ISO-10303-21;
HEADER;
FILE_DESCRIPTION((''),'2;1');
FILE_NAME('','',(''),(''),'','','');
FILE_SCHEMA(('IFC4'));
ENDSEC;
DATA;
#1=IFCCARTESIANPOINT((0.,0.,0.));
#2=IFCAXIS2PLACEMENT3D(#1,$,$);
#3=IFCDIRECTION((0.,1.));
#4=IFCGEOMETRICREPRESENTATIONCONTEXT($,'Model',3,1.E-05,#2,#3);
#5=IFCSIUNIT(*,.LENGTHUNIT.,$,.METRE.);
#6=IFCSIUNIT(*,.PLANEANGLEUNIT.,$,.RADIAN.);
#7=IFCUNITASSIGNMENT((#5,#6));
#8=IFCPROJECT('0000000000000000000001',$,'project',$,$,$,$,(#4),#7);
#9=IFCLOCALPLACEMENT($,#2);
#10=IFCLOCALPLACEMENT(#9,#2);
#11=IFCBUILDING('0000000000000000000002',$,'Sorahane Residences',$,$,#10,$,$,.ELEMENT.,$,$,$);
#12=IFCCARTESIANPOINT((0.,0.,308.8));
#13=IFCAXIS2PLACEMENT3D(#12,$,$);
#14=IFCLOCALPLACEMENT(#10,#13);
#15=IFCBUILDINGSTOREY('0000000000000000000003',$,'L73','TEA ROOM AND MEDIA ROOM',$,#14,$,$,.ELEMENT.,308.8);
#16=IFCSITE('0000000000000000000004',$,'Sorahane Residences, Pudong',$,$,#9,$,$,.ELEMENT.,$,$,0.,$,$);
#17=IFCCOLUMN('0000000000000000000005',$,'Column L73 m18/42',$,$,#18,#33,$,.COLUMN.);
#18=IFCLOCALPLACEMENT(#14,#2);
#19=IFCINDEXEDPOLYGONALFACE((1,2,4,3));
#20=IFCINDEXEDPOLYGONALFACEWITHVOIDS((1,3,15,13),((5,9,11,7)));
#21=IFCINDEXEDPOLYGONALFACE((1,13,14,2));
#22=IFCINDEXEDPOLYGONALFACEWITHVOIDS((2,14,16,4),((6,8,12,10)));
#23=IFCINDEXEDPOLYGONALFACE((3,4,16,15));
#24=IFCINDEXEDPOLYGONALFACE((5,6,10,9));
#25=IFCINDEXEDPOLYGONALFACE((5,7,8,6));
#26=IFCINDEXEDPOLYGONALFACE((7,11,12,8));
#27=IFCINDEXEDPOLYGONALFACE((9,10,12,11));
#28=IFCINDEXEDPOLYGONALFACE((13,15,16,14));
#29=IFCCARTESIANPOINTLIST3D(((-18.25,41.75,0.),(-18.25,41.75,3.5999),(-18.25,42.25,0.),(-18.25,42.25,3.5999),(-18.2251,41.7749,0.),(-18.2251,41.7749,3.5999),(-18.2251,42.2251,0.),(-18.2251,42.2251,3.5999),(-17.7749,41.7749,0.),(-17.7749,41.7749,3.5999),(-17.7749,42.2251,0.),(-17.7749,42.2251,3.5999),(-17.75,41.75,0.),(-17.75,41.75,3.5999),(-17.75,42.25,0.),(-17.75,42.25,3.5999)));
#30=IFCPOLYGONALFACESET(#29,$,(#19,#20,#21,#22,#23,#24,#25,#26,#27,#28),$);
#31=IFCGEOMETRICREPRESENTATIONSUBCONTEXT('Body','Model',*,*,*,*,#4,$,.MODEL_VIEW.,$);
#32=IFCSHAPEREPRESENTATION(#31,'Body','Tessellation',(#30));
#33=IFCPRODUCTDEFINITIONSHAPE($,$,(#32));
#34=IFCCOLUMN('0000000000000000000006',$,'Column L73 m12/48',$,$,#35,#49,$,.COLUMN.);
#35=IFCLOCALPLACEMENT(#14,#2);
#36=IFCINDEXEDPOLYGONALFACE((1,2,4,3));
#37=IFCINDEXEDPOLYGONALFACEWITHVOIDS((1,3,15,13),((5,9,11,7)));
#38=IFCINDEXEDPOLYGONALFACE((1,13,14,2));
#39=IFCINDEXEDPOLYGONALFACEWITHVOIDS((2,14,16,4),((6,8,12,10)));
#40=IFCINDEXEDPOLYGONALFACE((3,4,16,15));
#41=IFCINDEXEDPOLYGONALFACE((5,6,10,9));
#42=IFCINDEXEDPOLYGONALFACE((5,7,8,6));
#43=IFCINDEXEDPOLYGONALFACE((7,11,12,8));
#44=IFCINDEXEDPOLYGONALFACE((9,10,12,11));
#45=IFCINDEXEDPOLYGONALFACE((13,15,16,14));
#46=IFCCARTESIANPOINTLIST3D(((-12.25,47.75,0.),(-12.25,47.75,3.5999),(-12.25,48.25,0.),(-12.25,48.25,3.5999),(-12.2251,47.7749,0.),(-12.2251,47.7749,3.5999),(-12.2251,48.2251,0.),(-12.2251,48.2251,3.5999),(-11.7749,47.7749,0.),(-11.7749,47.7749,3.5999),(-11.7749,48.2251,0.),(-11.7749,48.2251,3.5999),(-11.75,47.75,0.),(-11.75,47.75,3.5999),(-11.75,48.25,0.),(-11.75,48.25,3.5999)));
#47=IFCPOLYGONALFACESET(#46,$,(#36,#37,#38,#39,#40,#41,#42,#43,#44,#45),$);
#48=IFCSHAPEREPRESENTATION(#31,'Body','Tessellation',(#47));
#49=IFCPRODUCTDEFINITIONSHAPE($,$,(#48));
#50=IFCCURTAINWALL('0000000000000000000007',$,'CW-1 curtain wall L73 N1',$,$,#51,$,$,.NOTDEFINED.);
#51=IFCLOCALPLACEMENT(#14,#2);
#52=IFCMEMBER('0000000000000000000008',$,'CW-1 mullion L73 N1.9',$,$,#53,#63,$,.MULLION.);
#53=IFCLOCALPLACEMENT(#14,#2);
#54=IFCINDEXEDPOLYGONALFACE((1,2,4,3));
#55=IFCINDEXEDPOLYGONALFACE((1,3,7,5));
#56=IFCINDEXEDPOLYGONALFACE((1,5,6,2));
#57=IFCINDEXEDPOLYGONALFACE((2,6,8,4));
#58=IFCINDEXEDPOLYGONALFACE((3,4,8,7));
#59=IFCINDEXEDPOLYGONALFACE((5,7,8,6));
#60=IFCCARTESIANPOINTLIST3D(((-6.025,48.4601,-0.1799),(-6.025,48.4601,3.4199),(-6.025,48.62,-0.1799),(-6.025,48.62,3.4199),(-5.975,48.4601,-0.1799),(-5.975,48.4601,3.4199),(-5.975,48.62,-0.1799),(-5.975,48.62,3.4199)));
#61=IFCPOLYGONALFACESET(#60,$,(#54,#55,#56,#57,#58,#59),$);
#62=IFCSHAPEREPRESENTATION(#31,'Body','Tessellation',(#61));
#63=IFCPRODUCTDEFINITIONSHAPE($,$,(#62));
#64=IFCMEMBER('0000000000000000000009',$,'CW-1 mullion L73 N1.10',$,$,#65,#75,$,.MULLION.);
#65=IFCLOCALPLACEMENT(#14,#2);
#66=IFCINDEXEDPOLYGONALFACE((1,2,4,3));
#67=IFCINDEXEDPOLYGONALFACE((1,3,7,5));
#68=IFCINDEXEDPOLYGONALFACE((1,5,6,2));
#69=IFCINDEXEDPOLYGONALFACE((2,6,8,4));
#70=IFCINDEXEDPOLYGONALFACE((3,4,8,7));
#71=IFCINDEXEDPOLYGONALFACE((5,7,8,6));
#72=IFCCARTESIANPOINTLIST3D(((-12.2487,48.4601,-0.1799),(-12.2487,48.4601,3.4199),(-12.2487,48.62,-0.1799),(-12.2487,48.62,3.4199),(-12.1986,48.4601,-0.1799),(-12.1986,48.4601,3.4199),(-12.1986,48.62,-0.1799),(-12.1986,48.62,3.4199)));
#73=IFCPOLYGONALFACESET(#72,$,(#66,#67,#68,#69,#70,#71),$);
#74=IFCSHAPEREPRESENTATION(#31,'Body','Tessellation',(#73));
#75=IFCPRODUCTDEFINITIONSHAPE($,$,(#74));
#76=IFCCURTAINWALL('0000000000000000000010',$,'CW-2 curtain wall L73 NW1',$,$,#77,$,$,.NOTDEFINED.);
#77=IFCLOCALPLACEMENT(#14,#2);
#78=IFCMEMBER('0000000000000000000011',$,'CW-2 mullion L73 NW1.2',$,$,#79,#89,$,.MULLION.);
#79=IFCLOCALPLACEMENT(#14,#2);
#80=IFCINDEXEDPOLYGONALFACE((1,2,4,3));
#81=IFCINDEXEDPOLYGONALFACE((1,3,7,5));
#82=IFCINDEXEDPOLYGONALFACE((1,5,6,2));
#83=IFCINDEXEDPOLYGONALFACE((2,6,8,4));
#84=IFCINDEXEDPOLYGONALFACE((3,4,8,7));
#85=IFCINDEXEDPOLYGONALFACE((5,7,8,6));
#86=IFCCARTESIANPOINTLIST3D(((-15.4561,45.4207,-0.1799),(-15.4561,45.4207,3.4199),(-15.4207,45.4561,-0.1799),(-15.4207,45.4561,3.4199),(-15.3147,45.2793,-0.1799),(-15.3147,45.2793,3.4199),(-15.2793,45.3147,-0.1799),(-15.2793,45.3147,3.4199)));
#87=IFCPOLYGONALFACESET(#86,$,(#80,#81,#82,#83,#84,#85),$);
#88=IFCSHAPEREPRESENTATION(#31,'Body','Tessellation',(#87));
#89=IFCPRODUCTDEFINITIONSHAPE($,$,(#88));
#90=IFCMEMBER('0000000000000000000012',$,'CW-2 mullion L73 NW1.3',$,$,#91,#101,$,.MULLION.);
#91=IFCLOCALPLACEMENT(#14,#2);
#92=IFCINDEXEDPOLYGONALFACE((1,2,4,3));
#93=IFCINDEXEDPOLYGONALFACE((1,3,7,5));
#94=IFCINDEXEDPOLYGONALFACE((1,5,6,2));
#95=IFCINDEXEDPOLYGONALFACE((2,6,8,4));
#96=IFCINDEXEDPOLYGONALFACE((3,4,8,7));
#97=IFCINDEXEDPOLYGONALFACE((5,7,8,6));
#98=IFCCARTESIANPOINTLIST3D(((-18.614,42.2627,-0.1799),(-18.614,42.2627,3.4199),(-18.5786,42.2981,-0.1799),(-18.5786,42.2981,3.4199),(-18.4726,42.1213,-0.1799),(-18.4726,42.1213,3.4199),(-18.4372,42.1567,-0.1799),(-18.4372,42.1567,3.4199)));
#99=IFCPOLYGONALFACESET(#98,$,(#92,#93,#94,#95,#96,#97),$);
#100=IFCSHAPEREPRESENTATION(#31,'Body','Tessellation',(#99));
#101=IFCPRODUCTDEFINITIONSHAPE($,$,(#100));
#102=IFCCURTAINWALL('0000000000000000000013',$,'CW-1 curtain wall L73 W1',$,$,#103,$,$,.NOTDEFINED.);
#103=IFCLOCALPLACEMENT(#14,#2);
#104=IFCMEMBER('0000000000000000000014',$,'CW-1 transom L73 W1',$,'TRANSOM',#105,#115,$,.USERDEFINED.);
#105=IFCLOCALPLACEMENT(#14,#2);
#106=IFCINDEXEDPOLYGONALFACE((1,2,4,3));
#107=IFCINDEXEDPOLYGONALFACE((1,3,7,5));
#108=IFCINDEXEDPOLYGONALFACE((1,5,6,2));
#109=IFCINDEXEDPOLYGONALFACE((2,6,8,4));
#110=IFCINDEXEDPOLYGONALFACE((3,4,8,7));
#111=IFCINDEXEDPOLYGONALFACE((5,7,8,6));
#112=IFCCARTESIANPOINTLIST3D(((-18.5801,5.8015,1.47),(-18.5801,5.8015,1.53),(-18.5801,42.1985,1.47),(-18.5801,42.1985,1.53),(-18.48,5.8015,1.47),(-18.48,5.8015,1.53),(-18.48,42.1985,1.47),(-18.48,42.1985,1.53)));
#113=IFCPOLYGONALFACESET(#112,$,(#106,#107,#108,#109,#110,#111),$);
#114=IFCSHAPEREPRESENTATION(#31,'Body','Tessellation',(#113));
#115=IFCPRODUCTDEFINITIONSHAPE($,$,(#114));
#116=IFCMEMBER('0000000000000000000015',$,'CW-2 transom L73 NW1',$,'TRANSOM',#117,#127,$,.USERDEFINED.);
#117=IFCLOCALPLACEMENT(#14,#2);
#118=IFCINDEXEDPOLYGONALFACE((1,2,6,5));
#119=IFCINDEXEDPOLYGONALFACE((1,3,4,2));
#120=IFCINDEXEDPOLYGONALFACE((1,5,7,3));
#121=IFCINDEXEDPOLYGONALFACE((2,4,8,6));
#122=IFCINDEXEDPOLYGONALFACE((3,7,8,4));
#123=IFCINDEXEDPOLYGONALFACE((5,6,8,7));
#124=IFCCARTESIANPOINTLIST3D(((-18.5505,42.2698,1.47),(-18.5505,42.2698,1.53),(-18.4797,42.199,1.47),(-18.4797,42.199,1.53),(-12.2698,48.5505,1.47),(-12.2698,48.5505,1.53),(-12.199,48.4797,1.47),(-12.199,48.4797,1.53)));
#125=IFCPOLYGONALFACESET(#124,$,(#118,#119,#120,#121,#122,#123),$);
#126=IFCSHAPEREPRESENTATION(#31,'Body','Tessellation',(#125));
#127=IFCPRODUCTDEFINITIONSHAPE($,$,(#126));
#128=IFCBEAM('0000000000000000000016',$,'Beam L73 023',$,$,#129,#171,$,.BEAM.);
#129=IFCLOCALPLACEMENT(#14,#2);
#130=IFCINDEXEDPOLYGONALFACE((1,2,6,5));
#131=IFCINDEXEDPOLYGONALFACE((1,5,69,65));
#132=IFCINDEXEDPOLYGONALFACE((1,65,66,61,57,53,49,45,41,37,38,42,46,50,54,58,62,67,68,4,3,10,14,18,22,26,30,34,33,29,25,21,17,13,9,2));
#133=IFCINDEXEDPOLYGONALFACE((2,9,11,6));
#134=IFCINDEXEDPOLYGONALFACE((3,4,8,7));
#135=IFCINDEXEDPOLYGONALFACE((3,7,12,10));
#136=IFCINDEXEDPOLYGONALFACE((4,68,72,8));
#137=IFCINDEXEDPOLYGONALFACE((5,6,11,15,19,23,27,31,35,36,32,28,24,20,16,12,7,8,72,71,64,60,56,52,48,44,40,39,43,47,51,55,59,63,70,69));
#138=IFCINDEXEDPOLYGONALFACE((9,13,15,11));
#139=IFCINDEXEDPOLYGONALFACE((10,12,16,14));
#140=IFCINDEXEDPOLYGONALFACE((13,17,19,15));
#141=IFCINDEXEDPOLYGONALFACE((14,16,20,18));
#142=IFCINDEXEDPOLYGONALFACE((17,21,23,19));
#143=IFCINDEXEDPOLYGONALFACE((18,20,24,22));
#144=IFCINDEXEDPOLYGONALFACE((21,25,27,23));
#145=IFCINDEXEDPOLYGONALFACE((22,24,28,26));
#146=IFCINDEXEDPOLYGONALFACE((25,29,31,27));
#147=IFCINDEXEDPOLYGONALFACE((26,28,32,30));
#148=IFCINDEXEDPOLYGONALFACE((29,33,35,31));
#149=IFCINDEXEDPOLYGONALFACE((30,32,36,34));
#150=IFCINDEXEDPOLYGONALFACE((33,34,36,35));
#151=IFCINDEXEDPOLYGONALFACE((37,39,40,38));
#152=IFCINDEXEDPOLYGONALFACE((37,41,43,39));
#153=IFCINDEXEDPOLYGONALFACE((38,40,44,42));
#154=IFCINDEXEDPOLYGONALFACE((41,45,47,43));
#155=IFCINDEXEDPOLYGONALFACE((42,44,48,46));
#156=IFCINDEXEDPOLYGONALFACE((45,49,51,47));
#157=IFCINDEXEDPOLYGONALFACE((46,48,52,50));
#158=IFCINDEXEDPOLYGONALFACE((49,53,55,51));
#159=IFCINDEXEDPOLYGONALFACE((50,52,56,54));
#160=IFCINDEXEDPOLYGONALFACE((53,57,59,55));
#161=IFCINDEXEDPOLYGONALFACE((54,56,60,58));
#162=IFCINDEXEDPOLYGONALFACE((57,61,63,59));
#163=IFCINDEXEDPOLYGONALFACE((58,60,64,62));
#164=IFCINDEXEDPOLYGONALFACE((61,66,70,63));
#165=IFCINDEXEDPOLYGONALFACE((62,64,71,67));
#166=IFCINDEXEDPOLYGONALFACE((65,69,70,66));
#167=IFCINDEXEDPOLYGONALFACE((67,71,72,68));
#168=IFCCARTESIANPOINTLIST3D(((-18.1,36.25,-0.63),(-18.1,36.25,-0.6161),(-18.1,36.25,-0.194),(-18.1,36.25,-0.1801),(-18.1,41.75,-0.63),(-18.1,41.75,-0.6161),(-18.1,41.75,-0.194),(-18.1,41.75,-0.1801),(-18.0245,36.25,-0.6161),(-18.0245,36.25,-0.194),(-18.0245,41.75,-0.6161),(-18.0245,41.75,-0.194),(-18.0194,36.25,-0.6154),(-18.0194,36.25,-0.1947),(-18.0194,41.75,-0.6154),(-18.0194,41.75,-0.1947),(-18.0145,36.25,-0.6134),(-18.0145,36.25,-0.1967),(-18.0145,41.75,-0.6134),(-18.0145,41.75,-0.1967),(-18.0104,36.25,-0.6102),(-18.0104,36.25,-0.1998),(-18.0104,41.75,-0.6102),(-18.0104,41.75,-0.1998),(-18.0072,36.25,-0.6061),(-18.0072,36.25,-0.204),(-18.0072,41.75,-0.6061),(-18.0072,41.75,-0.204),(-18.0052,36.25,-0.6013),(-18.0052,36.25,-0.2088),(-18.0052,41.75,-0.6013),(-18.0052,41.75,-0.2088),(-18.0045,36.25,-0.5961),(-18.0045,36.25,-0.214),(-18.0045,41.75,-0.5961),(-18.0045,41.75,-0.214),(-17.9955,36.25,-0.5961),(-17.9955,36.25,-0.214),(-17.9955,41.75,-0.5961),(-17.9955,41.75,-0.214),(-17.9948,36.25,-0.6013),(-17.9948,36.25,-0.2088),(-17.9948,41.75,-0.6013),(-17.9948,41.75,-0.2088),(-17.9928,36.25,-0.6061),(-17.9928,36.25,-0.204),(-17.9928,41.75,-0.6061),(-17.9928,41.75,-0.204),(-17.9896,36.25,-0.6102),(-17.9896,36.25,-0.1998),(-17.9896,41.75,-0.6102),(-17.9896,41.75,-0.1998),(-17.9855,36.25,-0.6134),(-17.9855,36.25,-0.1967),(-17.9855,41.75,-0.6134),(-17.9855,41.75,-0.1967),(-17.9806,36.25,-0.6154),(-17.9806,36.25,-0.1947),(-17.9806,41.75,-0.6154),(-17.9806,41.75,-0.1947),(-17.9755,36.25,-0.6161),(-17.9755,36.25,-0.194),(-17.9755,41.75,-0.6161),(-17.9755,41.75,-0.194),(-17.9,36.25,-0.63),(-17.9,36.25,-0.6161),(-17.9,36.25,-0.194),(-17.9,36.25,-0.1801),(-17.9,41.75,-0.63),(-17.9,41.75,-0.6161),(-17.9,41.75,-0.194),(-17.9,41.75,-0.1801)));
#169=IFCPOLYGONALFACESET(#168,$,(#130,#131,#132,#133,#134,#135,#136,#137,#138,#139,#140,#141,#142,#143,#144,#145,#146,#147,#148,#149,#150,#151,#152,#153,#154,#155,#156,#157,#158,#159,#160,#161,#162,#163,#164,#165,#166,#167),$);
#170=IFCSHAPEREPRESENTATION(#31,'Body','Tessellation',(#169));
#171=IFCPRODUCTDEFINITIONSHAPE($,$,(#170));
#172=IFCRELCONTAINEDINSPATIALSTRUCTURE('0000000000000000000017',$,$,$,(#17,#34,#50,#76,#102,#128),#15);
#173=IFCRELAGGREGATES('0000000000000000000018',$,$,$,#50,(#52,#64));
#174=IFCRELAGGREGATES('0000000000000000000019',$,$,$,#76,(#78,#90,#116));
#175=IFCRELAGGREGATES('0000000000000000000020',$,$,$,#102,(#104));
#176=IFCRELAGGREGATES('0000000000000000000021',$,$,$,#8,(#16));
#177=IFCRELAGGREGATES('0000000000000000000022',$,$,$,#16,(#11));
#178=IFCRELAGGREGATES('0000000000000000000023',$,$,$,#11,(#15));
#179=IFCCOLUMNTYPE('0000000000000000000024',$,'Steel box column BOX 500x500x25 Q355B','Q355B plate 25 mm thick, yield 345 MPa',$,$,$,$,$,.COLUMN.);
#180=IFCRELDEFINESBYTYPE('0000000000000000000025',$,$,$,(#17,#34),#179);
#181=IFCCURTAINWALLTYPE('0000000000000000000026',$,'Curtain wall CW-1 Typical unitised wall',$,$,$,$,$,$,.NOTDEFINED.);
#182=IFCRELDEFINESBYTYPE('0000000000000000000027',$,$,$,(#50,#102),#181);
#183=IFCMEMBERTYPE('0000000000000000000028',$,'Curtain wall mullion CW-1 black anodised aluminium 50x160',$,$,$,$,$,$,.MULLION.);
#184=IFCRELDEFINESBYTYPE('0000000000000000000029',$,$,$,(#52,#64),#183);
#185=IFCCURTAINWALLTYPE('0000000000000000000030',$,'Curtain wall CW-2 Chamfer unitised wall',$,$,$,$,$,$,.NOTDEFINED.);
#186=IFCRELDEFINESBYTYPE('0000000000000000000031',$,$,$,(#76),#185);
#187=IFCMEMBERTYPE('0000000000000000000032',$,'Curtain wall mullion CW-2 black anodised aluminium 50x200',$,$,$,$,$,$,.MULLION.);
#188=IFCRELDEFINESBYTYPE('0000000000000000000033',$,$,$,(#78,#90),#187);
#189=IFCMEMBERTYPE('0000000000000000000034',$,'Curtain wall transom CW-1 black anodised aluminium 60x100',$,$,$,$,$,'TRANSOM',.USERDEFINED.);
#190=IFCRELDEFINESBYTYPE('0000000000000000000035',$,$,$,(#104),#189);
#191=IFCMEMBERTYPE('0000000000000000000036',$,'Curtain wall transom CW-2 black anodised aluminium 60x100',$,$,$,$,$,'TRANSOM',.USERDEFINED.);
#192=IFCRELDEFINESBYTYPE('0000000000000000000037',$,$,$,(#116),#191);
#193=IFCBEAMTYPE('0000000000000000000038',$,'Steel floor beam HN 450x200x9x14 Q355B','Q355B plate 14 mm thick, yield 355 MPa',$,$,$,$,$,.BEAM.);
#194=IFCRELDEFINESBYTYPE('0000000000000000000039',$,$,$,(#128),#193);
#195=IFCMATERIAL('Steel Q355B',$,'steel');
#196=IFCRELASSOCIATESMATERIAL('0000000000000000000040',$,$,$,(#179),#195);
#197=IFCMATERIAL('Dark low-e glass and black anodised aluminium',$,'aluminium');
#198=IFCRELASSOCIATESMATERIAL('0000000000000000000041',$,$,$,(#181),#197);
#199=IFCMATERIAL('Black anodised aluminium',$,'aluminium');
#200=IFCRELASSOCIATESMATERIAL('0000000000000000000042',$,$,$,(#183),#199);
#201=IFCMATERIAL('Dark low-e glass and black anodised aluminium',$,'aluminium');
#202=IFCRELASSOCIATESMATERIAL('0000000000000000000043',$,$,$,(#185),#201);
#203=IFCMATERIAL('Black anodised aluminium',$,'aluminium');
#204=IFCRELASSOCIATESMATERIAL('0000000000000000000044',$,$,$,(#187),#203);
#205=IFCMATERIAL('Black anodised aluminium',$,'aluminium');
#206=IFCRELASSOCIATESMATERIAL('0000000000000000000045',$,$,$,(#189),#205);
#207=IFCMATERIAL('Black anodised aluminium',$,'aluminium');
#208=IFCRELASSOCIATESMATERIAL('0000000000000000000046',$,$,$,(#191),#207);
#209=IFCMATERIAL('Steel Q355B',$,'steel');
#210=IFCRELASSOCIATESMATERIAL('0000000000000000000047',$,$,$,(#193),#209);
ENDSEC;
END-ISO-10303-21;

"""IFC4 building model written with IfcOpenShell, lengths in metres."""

from ifc_helpers import new_model, si_unit, direction, frame, origin, origin_2d, place, context, subcontext, project, spatial, rectangle, hollow_rectangle, i_section, extrude, material, material_profile, profile_set, type_object, element, aggregate, save


model = new_model("IFC4")

# Units and contexts
model_context = context("Model", 3, precision=1e-05, world=origin(), true_north=direction((0.0, 1.0)))
body_context = subcontext(model_context, "Body", "Model", "MODEL_VIEW")
ifc_project = project(units=[si_unit("LENGTHUNIT", "METRE"), si_unit("PLANEANGLEUNIT", "RADIAN")], contexts=[model_context])

# Site, building, storey
site_placement = place(None, origin())
site = spatial("IfcSite", under=ifc_project, at=site_placement, Name="Sorahane Residences, Pudong", CompositionType="ELEMENT", RefElevation=0.0)
building_placement = place(site_placement, origin())
building = spatial("IfcBuilding", under=site, at=building_placement, Name="Sorahane Residences", CompositionType="ELEMENT")
storey_placement = place(building_placement, frame((0.0, 0.0, 308.8)))
storey = spatial("IfcBuildingStorey", under=building, at=storey_placement, Name="L73", Description="TEA ROOM AND MEDIA ROOM", CompositionType="ELEMENT", Elevation=308.8)

# Columns
ifc_material_1 = material(Name="Steel Q355B", Category="steel")
ifc_material_profile_1 = material_profile(ifc_material_1, hollow_rectangle(XDim=0.5, YDim=0.5, WallThickness=0.0249, at=origin_2d()), Name="BOX 500x500x25")
ifc_profile_set_1 = profile_set([ifc_material_profile_1], Name="Steel Q355B")
column_type = type_object("IfcColumnType", Name="Steel box column BOX 500x500x25 Q355B", Description="Q355B plate 25 mm thick, yield 345 MPa", PredefinedType="COLUMN", material=ifc_profile_set_1)
for number, where, z_axis, x_axis, name in (
    (1, (-18.0, 42.0, 0.0), (0.0, 0.0, 1.0), (1.0, 0.0, 0.0), "Column L73 m18/42"),
    (2, (-12.0, 48.0, 0.0), (0.0, 0.0, 1.0), (1.0, 0.0, 0.0), "Column L73 m12/48"),
):
    element("IfcColumn", number, at=place(storey_placement, frame(where, z_axis=z_axis, x_axis=x_axis)), inside=storey, type_object=column_type, Name=name, PredefinedType="COLUMN", context=body_context, shape_type="SweptSolid", body=[
        extrude(hollow_rectangle(XDim=0.5, YDim=0.5, WallThickness=0.0249, at=origin_2d()), origin(), (0.0, 0.0, 1.0), 3.5999),
    ])

# Curtain walls, members
ifc_material_2 = material(Name="Dark low-e glass and black anodised aluminium", Category="aluminium")
curtain_wall_type_1 = type_object("IfcCurtainWallType", Name="Curtain wall CW-1 Typical unitised wall", PredefinedType="NOTDEFINED", material=ifc_material_2)
curtain_wall_1_placement = place(storey_placement, origin())
curtain_wall_1 = element("IfcCurtainWall", 3, at=curtain_wall_1_placement, inside=storey, type_object=curtain_wall_type_1, Name="CW-1 curtain wall L73 N1", PredefinedType="NOTDEFINED")
ifc_material_3 = material(Name="Black anodised aluminium", Category="aluminium")
ifc_material_profile_2 = material_profile(ifc_material_3, rectangle(XDim=0.1599, YDim=0.05, at=origin_2d()), Name="Curtain wall mullion CW-1 black anodised aluminium 50x160")
ifc_profile_set_2 = profile_set([ifc_material_profile_2], Name="Black anodised aluminium")
member_type_1 = type_object("IfcMemberType", Name="Curtain wall mullion CW-1 black anodised aluminium 50x160", PredefinedType="MULLION", material=ifc_profile_set_2)
member_1_placement = place(storey_placement, frame((-6.0, 48.54, -0.1799), z_axis=(0.0, 0.0, 1.0), x_axis=(0.0, 1.0, 0.0)))
member_1 = element("IfcMember", 4, at=member_1_placement, type_object=member_type_1, Name="CW-1 mullion L73 N1.9", PredefinedType="MULLION", context=body_context, shape_type="SweptSolid", body=[
    extrude(rectangle(XDim=0.1599, YDim=0.05, at=origin_2d()), origin(), (0.0, 0.0, 1.0), 3.5999),
])
member_2_placement = place(storey_placement, frame((-12.2236, 48.54, -0.1799), z_axis=(0.0, 0.0, 1.0), x_axis=(0.0, 1.0, 0.0)))
member_2 = element("IfcMember", 5, at=member_2_placement, type_object=member_type_1, Name="CW-1 mullion L73 N1.10", PredefinedType="MULLION", context=body_context, shape_type="SweptSolid", body=[
    extrude(rectangle(XDim=0.1599, YDim=0.05, at=origin_2d()), origin(), (0.0, 0.0, 1.0), 3.5999),
])
ifc_material_4 = material(Name="Dark low-e glass and black anodised aluminium", Category="aluminium")
curtain_wall_type_2 = type_object("IfcCurtainWallType", Name="Curtain wall CW-2 Chamfer unitised wall", PredefinedType="NOTDEFINED", material=ifc_material_4)
curtain_wall_2_placement = place(storey_placement, origin())
curtain_wall_2 = element("IfcCurtainWall", 6, at=curtain_wall_2_placement, inside=storey, type_object=curtain_wall_type_2, Name="CW-2 curtain wall L73 NW1", PredefinedType="NOTDEFINED")
ifc_material_5 = material(Name="Black anodised aluminium", Category="aluminium")
ifc_material_profile_3 = material_profile(ifc_material_5, rectangle(XDim=0.2, YDim=0.05, at=origin_2d()), Name="Curtain wall mullion CW-2 black anodised aluminium 50x200")
ifc_profile_set_3 = profile_set([ifc_material_profile_3], Name="Black anodised aluminium")
member_type_2 = type_object("IfcMemberType", Name="Curtain wall mullion CW-2 black anodised aluminium 50x200", PredefinedType="MULLION", material=ifc_profile_set_3)
member_3_placement = place(storey_placement, frame((-15.3677, 45.3677, -0.1799), z_axis=(0.0, 0.0, 1.0), x_axis=(-0.707107, 0.707107, 0.0)))
member_3 = element("IfcMember", 7, at=member_3_placement, type_object=member_type_2, Name="CW-2 mullion L73 NW1.2", PredefinedType="MULLION", context=body_context, shape_type="SweptSolid", body=[
    extrude(rectangle(XDim=0.2, YDim=0.05, at=origin_2d()), origin(), (0.0, 0.0, 1.0), 3.5999),
])
member_4_placement = place(storey_placement, frame((-18.5256, 42.2097, -0.1799), z_axis=(0.0, 0.0, 1.0), x_axis=(-0.707107, 0.707107, 0.0)))
member_4 = element("IfcMember", 8, at=member_4_placement, type_object=member_type_2, Name="CW-2 mullion L73 NW1.3", PredefinedType="MULLION", context=body_context, shape_type="SweptSolid", body=[
    extrude(rectangle(XDim=0.2, YDim=0.05, at=origin_2d()), origin(), (0.0, 0.0, 1.0), 3.5999),
])

# Curtain wall, member
curtain_wall_3_placement = place(storey_placement, origin())
curtain_wall_3 = element("IfcCurtainWall", 9, at=curtain_wall_3_placement, inside=storey, type_object=curtain_wall_type_1, Name="CW-1 curtain wall L73 W1", PredefinedType="NOTDEFINED")
ifc_material_6 = material(Name="Black anodised aluminium", Category="aluminium")
ifc_material_profile_4 = material_profile(ifc_material_6, rectangle(XDim=0.1001, YDim=0.0601, at=origin_2d()), Name="Curtain wall transom CW-1 black anodised aluminium 60x100")
ifc_profile_set_4 = profile_set([ifc_material_profile_4], Name="Black anodised aluminium")
member_type_3 = type_object("IfcMemberType", Name="Curtain wall transom CW-1 black anodised aluminium 60x100", ElementType="TRANSOM", PredefinedType="USERDEFINED", material=ifc_profile_set_4)
member_5_placement = place(storey_placement, frame((-18.53, 42.1985, 1.5), z_axis=(0.0, -1.0, 0.0), x_axis=(1.0, 0.0, 0.0)))
member_5 = element("IfcMember", 10, at=member_5_placement, type_object=member_type_3, Name="CW-1 transom L73 W1", ObjectType="TRANSOM", PredefinedType="USERDEFINED", context=body_context, shape_type="SweptSolid", body=[
    extrude(rectangle(XDim=0.1001, YDim=0.0601, at=origin_2d()), origin(), (0.0, 0.0, 1.0), 36.397),
])

# Member
ifc_material_7 = material(Name="Black anodised aluminium", Category="aluminium")
ifc_material_profile_5 = material_profile(ifc_material_7, rectangle(XDim=0.1001, YDim=0.0601, at=origin_2d()), Name="Curtain wall transom CW-2 black anodised aluminium 60x100")
ifc_profile_set_5 = profile_set([ifc_material_profile_5], Name="Black anodised aluminium")
member_type_4 = type_object("IfcMemberType", Name="Curtain wall transom CW-2 black anodised aluminium 60x100", ElementType="TRANSOM", PredefinedType="USERDEFINED", material=ifc_profile_set_5)
member_6_placement = place(storey_placement, frame((-12.2344, 48.5151, 1.5), z_axis=(-0.707107, -0.707107, 0.0), x_axis=(0.707107, -0.707107, 0.0)))
member_6 = element("IfcMember", 11, at=member_6_placement, type_object=member_type_4, Name="CW-2 transom L73 NW1", ObjectType="TRANSOM", PredefinedType="USERDEFINED", context=body_context, shape_type="SweptSolid", body=[
    extrude(rectangle(XDim=0.1001, YDim=0.0601, at=origin_2d()), origin(), (0.0, 0.0, 1.0), 8.8823),
])

# Beam
ifc_material_8 = material(Name="Steel Q355B", Category="steel")
ifc_material_profile_6 = material_profile(ifc_material_8, i_section(OverallWidth=0.2, OverallDepth=0.45, WebThickness=0.009, FlangeThickness=0.0139, FilletRadius=0.02, at=origin_2d()), Name="HN 450x200x9x14")
ifc_profile_set_6 = profile_set([ifc_material_profile_6], Name="Steel Q355B")
beam_type_1 = type_object("IfcBeamType", Name="Steel floor beam HN 450x200x9x14 Q355B", Description="Q355B plate 14 mm thick, yield 355 MPa", PredefinedType="BEAM", material=ifc_profile_set_6)
beam_1_placement = place(storey_placement, frame((-18.0, 36.25, -0.405), z_axis=(0.0, 1.0, 0.0), x_axis=(-1.0, 0.0, 0.0)))
element("IfcBeam", 12, at=beam_1_placement, inside=storey, type_object=beam_type_1, Name="Beam L73 023", PredefinedType="BEAM", context=body_context, shape_type="SweptSolid", body=[
    extrude(i_section(OverallWidth=0.2, OverallDepth=0.45, WebThickness=0.009, FlangeThickness=0.0139, FilletRadius=0.02, at=origin_2d()), origin(), (0.0, 0.0, 1.0), 5.5),
])

aggregate(curtain_wall_1, [member_1, member_2])
aggregate(curtain_wall_2, [member_3, member_4, member_6])
aggregate(curtain_wall_3, [member_5])

save(model, "model.ifc")
